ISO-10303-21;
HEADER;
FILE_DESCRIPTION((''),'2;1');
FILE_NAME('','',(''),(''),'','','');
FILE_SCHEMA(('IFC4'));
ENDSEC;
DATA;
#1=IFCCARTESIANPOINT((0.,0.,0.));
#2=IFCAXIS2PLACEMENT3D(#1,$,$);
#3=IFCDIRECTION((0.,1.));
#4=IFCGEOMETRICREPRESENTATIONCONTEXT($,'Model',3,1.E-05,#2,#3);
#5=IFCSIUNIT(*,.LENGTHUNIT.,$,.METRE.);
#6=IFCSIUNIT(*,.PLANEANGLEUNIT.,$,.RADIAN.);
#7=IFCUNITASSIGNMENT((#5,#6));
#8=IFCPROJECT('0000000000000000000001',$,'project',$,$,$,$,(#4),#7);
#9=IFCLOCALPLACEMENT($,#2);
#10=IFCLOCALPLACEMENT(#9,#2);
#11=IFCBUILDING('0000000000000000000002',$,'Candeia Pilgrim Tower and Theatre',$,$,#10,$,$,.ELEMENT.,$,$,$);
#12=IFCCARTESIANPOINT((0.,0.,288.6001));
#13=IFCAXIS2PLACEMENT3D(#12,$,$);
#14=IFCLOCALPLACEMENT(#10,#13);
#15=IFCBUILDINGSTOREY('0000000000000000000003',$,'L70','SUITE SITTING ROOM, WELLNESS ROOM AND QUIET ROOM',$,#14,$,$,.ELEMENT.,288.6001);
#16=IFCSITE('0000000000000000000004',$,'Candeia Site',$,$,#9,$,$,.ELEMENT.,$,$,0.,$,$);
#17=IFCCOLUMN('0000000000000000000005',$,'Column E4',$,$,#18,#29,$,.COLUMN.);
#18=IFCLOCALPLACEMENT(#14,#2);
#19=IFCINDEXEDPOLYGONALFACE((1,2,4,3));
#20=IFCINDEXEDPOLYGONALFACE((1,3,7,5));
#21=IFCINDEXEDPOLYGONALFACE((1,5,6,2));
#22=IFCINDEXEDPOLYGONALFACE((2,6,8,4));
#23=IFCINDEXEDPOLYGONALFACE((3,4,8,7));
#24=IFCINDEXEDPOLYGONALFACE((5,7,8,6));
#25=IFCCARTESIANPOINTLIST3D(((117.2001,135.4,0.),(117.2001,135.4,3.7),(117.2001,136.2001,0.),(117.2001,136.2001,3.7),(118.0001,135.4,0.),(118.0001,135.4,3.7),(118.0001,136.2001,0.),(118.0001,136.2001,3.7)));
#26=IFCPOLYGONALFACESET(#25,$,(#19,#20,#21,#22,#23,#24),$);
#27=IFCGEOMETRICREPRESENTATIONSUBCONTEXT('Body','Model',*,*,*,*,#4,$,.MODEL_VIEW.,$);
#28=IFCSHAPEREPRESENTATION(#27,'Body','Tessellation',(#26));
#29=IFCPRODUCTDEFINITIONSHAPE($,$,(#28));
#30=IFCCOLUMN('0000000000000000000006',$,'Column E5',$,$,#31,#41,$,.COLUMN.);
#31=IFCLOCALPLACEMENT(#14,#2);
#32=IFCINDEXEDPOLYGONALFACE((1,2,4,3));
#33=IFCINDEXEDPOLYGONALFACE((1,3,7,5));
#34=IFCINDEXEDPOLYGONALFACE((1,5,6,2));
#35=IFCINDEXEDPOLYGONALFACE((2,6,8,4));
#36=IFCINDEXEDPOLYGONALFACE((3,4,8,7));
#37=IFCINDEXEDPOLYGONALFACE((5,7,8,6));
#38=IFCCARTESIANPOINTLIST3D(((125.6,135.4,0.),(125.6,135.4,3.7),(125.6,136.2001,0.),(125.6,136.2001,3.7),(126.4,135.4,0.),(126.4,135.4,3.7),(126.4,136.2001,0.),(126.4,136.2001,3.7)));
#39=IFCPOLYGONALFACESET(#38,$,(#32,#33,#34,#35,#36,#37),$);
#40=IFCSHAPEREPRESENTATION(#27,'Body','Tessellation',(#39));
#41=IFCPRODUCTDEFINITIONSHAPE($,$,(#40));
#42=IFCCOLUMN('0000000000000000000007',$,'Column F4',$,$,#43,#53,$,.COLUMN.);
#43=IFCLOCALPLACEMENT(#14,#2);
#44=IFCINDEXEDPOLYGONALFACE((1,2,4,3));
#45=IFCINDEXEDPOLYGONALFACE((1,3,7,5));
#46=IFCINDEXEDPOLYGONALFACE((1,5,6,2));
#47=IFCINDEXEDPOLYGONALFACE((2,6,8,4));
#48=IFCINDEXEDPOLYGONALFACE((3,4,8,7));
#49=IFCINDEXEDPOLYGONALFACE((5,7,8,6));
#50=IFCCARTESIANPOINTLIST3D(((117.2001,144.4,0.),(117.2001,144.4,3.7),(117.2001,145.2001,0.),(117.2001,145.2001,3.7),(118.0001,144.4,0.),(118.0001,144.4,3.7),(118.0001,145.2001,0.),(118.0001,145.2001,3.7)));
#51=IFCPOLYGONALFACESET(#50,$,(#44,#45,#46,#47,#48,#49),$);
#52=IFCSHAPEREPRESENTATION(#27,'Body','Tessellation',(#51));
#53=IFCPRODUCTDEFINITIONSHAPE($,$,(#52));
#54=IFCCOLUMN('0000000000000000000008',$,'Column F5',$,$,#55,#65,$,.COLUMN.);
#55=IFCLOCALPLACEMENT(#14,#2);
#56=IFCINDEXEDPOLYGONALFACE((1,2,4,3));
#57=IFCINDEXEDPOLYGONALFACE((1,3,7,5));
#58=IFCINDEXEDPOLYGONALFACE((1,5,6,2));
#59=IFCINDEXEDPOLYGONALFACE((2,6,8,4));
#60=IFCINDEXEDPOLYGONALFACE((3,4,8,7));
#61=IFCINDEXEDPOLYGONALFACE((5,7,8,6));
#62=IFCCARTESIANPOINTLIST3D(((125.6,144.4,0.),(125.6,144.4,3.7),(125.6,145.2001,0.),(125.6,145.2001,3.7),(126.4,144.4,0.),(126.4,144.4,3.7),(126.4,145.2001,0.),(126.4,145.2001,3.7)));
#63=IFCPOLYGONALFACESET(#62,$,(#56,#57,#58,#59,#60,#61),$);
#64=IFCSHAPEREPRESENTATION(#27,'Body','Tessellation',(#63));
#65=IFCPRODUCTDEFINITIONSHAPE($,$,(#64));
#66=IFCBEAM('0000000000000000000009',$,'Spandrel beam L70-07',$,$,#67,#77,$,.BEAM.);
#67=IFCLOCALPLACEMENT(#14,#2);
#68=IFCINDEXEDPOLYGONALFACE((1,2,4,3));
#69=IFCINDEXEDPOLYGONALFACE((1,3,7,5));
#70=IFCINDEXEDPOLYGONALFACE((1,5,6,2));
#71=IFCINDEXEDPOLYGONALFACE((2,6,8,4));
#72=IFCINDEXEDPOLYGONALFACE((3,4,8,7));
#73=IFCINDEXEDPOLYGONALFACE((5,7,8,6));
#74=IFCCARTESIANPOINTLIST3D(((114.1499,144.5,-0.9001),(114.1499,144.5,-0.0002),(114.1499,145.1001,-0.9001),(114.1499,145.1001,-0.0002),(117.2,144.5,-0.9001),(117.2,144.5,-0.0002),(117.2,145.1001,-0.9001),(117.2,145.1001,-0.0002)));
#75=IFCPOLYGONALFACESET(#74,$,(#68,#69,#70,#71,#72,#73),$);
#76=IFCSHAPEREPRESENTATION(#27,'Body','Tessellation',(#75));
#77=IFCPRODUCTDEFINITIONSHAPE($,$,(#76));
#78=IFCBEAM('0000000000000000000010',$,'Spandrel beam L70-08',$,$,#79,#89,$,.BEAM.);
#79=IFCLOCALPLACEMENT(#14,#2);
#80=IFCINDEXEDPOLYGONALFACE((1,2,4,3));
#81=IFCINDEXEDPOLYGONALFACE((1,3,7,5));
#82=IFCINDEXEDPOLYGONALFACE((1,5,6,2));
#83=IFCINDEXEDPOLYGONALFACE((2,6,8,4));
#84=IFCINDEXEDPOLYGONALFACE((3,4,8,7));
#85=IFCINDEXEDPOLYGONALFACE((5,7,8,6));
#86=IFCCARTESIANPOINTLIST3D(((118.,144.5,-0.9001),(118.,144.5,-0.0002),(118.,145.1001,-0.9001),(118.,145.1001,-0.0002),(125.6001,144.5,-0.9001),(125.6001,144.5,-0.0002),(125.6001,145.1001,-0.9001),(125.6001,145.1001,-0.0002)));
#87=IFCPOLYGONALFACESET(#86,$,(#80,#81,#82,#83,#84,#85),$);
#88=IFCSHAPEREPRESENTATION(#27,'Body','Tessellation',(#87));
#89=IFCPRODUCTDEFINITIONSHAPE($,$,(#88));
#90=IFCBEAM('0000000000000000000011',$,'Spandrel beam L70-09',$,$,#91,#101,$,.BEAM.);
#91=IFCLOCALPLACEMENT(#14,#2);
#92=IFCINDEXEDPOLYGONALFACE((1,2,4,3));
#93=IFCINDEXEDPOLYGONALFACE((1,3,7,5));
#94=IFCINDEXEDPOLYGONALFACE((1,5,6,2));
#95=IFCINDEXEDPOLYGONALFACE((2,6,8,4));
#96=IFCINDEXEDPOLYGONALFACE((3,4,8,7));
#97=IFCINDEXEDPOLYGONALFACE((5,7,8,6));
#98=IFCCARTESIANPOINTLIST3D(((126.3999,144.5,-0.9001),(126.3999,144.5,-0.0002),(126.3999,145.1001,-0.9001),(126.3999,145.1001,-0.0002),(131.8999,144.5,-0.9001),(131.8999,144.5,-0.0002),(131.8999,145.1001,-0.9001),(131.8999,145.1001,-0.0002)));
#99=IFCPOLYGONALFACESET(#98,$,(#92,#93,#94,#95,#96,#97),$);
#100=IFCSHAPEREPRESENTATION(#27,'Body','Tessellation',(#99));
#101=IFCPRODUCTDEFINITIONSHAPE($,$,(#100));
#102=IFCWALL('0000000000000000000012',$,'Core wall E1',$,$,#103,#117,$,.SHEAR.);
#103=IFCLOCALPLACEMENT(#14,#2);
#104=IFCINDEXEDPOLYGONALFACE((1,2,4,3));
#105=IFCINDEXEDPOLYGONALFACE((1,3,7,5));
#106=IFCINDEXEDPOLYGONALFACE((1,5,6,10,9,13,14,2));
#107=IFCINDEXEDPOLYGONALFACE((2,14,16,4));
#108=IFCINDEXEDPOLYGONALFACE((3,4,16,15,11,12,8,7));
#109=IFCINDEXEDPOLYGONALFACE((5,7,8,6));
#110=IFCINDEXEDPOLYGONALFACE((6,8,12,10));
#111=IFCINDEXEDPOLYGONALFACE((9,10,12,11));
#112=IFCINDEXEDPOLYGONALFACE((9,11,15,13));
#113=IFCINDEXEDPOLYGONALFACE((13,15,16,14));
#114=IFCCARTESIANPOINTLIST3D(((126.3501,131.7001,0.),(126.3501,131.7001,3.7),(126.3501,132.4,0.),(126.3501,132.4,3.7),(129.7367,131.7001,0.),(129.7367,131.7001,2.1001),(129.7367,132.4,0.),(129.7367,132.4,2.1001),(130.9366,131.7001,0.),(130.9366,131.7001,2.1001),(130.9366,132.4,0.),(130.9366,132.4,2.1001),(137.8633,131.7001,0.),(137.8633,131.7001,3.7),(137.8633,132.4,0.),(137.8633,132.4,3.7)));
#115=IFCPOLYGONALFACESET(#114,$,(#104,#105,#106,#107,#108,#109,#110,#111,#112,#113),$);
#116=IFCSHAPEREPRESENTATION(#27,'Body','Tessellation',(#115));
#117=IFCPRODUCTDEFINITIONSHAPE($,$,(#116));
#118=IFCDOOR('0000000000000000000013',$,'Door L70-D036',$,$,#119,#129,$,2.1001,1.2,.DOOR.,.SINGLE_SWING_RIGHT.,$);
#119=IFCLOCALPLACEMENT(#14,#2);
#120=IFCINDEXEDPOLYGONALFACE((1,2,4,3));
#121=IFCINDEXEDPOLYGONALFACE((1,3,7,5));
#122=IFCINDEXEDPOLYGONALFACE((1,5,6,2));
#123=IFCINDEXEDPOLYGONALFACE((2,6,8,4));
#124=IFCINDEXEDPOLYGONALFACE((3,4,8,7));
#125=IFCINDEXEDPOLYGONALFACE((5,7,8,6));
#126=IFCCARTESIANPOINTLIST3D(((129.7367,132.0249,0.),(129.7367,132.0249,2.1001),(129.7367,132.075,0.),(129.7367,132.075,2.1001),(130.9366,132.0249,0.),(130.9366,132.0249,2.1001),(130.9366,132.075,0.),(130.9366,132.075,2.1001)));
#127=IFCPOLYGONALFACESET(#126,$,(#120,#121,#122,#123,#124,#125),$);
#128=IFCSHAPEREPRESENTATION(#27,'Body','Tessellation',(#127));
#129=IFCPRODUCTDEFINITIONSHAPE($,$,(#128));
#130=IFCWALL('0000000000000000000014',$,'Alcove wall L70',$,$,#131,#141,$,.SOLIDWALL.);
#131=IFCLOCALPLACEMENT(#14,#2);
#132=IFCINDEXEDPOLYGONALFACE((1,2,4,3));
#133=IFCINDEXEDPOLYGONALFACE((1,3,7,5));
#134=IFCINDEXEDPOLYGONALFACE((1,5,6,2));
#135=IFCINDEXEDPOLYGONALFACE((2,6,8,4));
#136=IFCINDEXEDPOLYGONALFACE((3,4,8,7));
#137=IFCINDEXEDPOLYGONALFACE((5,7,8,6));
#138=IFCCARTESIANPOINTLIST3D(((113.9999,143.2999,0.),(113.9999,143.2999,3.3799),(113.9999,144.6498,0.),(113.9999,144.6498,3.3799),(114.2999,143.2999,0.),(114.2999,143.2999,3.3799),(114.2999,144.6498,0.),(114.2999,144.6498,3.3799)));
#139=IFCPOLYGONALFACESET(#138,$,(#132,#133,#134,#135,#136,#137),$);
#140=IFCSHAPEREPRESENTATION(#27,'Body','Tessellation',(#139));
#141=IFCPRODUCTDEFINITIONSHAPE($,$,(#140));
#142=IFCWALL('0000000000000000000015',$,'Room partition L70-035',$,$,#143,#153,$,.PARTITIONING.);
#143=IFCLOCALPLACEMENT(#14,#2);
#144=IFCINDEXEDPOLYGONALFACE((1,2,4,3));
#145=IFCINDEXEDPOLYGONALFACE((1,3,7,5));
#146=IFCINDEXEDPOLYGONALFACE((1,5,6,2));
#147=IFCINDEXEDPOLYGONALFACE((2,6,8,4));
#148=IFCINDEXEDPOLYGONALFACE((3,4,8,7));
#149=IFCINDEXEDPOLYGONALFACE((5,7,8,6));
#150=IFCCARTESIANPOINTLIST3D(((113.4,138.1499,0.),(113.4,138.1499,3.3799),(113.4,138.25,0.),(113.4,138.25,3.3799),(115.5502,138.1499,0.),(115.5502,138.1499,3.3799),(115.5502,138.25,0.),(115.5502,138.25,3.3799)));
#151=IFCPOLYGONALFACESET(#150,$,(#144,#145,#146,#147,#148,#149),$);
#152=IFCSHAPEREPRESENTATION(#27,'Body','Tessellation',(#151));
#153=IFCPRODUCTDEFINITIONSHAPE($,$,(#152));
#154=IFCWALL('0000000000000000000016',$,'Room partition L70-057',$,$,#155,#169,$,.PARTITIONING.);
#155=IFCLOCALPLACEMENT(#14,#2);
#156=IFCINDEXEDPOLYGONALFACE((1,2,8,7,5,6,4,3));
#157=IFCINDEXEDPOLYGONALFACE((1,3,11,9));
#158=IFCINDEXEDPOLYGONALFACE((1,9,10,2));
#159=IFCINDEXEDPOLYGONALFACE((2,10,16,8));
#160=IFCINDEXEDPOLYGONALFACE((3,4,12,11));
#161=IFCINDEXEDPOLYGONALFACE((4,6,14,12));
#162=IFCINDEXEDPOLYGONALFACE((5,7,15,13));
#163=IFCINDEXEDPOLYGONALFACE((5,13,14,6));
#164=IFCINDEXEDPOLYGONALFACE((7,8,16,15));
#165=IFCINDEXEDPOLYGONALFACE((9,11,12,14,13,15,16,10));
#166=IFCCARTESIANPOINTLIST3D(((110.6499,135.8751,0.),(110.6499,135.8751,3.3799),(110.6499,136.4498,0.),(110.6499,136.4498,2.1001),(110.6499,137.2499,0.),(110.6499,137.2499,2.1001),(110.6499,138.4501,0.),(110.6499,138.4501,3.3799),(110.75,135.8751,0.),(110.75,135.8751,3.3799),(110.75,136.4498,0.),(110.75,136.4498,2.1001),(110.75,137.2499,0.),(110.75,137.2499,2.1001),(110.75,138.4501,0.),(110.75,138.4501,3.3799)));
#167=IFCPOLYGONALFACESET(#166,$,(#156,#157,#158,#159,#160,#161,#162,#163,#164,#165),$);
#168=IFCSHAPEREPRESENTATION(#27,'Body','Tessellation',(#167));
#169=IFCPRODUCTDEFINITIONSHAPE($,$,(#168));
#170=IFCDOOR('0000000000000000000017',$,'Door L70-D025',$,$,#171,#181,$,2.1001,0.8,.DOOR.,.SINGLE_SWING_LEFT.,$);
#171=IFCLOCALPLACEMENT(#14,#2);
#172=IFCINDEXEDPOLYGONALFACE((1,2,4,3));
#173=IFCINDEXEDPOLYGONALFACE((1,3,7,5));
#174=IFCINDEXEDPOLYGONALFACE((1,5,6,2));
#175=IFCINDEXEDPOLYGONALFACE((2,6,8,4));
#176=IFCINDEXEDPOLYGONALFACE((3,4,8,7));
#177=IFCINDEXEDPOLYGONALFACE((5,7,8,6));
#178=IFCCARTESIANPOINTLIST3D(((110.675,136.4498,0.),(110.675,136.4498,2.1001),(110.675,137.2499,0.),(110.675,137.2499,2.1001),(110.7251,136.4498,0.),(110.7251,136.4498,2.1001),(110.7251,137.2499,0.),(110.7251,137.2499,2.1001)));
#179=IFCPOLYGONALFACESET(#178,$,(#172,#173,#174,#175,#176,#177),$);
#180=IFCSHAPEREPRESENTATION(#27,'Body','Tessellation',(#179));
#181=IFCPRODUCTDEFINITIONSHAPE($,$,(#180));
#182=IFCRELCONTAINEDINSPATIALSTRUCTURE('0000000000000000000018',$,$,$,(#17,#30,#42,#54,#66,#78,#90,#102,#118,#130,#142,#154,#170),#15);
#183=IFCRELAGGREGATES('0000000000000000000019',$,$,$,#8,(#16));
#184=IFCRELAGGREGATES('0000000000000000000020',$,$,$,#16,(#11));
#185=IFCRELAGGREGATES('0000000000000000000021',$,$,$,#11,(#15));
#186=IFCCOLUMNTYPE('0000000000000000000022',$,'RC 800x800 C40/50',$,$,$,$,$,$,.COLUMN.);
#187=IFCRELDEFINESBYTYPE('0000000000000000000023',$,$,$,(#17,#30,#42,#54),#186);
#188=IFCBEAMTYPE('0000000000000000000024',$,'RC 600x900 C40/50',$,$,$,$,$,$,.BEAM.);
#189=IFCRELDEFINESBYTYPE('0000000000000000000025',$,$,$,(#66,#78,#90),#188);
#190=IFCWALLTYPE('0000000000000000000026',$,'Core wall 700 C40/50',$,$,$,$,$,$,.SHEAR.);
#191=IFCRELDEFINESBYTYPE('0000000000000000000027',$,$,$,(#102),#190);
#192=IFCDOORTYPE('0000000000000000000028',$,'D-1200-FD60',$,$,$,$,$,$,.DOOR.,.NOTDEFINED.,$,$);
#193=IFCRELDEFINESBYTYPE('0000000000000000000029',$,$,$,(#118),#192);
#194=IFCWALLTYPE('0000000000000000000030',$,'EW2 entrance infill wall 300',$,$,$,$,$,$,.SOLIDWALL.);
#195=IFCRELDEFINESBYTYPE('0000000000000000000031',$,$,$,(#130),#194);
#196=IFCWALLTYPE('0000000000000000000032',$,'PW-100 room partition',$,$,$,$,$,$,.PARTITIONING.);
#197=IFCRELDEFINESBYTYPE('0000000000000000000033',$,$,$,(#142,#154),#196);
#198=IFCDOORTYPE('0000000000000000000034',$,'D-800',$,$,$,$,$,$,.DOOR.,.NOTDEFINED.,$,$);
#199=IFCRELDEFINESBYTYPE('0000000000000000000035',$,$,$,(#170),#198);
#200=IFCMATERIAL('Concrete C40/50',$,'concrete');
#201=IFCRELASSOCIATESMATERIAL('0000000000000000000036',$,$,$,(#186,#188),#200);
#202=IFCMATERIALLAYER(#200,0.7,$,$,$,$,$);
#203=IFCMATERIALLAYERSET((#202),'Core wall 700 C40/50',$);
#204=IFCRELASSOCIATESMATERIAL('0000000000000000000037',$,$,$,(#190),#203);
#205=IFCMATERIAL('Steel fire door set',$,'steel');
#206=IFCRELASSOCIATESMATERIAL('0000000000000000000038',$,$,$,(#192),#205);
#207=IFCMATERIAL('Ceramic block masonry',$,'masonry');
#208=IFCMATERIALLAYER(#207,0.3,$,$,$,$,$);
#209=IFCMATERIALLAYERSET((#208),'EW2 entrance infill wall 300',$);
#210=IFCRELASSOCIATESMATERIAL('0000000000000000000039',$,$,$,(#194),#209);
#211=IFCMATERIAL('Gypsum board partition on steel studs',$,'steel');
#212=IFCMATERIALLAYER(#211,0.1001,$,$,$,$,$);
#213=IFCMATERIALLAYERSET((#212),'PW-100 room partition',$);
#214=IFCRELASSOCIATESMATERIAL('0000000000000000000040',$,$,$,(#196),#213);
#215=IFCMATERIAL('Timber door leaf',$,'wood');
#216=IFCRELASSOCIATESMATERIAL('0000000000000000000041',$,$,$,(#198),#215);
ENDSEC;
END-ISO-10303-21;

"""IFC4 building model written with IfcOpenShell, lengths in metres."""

from ifc_helpers import new_model, si_unit, direction, frame, frame_2d, origin, origin_2d, place, context, subcontext, project, spatial, rectangle, extrude, material, layer, layer_set, material_profile, profile_set, type_object, element, fill, save


model = new_model("IFC4")

# Units and contexts
model_context = context("Model", 3, precision=1e-05, world=origin(), true_north=direction((0.0, 1.0)))
body_context = subcontext(model_context, "Body", "Model", "MODEL_VIEW")
ifc_project = project(units=[si_unit("LENGTHUNIT", "METRE"), si_unit("PLANEANGLEUNIT", "RADIAN")], contexts=[model_context])

# Site, building, storey
site_placement = place(None, origin())
site = spatial("IfcSite", under=ifc_project, at=site_placement, Name="Candeia Site", CompositionType="ELEMENT", RefElevation=0.0)
building_placement = place(site_placement, origin())
building = spatial("IfcBuilding", under=site, at=building_placement, Name="Candeia Pilgrim Tower and Theatre", CompositionType="ELEMENT")
storey_placement = place(building_placement, frame((0.0, 0.0, 288.6001)))
storey = spatial("IfcBuildingStorey", under=building, at=storey_placement, Name="L70", Description="SUITE SITTING ROOM, WELLNESS ROOM AND QUIET ROOM", CompositionType="ELEMENT", Elevation=288.6001)

# Columns
ifc_material_1 = material(Name="Concrete C40/50", Category="concrete")
ifc_material_profile_1 = material_profile(ifc_material_1, rectangle(XDim=0.8, YDim=0.8, at=origin_2d()))
ifc_profile_set_1 = profile_set([ifc_material_profile_1], Name="Concrete C40/50")
column_type = type_object("IfcColumnType", Name="RC 800x800 C40/50", PredefinedType="COLUMN", material=ifc_profile_set_1)
for number, where, z_axis, x_axis, name in (
    (1, (117.6001, 135.8, 0.0), (0.0, 0.0, 1.0), (1.0, 0.0, 0.0), "Column E4"),
    (2, (126.0, 135.8, 0.0), (0.0, 0.0, 1.0), (1.0, 0.0, 0.0), "Column E5"),
    (3, (117.6001, 144.8, 0.0), (0.0, 0.0, 1.0), (1.0, 0.0, 0.0), "Column F4"),
    (4, (126.0, 144.8, 0.0), (0.0, 0.0, 1.0), (1.0, 0.0, 0.0), "Column F5"),
):
    element("IfcColumn", number, at=place(storey_placement, frame(where, z_axis=z_axis, x_axis=x_axis)), inside=storey, type_object=column_type, Name=name, PredefinedType="COLUMN", context=body_context, shape_type="SweptSolid", body=[
        extrude(rectangle(XDim=0.8, YDim=0.8, at=origin_2d()), origin(), (0.0, 0.0, 1.0), 3.7),
    ])

# Beams
ifc_material_profile_2 = material_profile(ifc_material_1, rectangle(XDim=0.6001, YDim=0.8999, at=origin_2d()))
ifc_profile_set_2 = profile_set([ifc_material_profile_2], Name="Concrete C40/50")
beam_type = type_object("IfcBeamType", Name="RC 600x900 C40/50", PredefinedType="BEAM", material=ifc_profile_set_2)
beam_1_placement = place(storey_placement, frame((114.1499, 144.8, -0.4502), z_axis=(1.0, 0.0, 0.0), x_axis=(0.0, 1.0, 0.0)))
element("IfcBeam", 5, at=beam_1_placement, inside=storey, type_object=beam_type, Name="Spandrel beam L70-07", PredefinedType="BEAM", context=body_context, shape_type="SweptSolid", body=[
    extrude(rectangle(XDim=0.6001, YDim=0.8999, at=origin_2d()), origin(), (0.0, 0.0, 1.0), 3.05),
])
beam_2_placement = place(storey_placement, frame((118.0, 144.8, -0.4502), z_axis=(1.0, 0.0, 0.0), x_axis=(0.0, 1.0, 0.0)))
element("IfcBeam", 6, at=beam_2_placement, inside=storey, type_object=beam_type, Name="Spandrel beam L70-08", PredefinedType="BEAM", context=body_context, shape_type="SweptSolid", body=[
    extrude(rectangle(XDim=0.6001, YDim=0.8999, at=origin_2d()), origin(), (0.0, 0.0, 1.0), 7.6001),
])
beam_3_placement = place(storey_placement, frame((126.3999, 144.8, -0.4502), z_axis=(1.0, 0.0, 0.0), x_axis=(0.0, 1.0, 0.0)))
element("IfcBeam", 7, at=beam_3_placement, inside=storey, type_object=beam_type, Name="Spandrel beam L70-09", PredefinedType="BEAM", context=body_context, shape_type="SweptSolid", body=[
    extrude(rectangle(XDim=0.6001, YDim=0.8999, at=origin_2d()), origin(), (0.0, 0.0, 1.0), 5.5),
])

# Wall, opening, door
ifc_layer_1 = layer(ifc_material_1, 0.7)
ifc_layer_set_1 = layer_set([ifc_layer_1], Name="Core wall 700 C40/50")
wall_type_1 = type_object("IfcWallType", Name="Core wall 700 C40/50", PredefinedType="SHEAR", material=ifc_layer_set_1)
wall_1_placement = place(storey_placement, frame((126.3501, 132.05, 0.0), z_axis=(0.0, 0.0, 1.0), x_axis=(1.0, 0.0, 0.0)))
wall_1 = element("IfcWall", 8, at=wall_1_placement, inside=storey, type_object=wall_type_1, Name="Core wall E1", PredefinedType="SHEAR", context=body_context, shape_type="SweptSolid", body=[
    extrude(rectangle(XDim=11.5132, YDim=0.7, at=frame_2d((5.7566, 0.0))), origin(), (0.0, 0.0, 1.0), 3.7),
])
opening_1_placement = place(wall_1_placement, frame((3.3865, 0.0, 0.0)))
opening_1 = element("IfcOpeningElement", 9, at=opening_1_placement, cuts=wall_1, PredefinedType="OPENING", context=body_context, shape_type="SweptSolid", body=[
    extrude(rectangle(XDim=1.2, YDim=2.1001, at=frame_2d((0.6001, 1.05))), frame((0.0, 0.3599, 0.0), z_axis=(0.0, -1.0, 0.0), x_axis=(1.0, 0.0, 0.0)), (0.0, 0.0, 1.0), 0.72),
])
ifc_material_2 = material(Name="Steel fire door set", Category="steel")
door_type_1 = type_object("IfcDoorType", Name="D-1200-FD60", OperationType="NOTDEFINED", PredefinedType="DOOR", material=ifc_material_2)
door_1_placement = place(opening_1_placement, origin())
door_1 = element("IfcDoor", 10, at=door_1_placement, inside=storey, type_object=door_type_1, Name="Door L70-D036", OperationType="SINGLE_SWING_RIGHT", OverallHeight=2.1001, OverallWidth=1.2, PredefinedType="DOOR", context=body_context, shape_type="SweptSolid", body=[
    extrude(rectangle(XDim=1.2, YDim=2.1001, at=frame_2d((0.6001, 1.05))), frame((0.0, 0.0249, 0.0), z_axis=(0.0, -1.0, 0.0), x_axis=(1.0, 0.0, 0.0)), (0.0, 0.0, 1.0), 0.05),
])
fill(opening_1, door_1)
ifc_material_3 = material(Name="Ceramic block masonry", Category="masonry")

# Wall
ifc_layer_2 = layer(ifc_material_3, 0.3)
ifc_layer_set_2 = layer_set([ifc_layer_2], Name="EW2 entrance infill wall 300")
wall_type_2 = type_object("IfcWallType", Name="EW2 entrance infill wall 300", PredefinedType="SOLIDWALL", material=ifc_layer_set_2)
wall_2_placement = place(storey_placement, frame((114.1499, 143.3, 0.0), z_axis=(0.0, 0.0, 1.0), x_axis=(0.0, 1.0, 0.0)))
element("IfcWall", 11, at=wall_2_placement, inside=storey, type_object=wall_type_2, Name="Alcove wall L70", PredefinedType="SOLIDWALL", context=body_context, shape_type="SweptSolid", body=[
    extrude(rectangle(XDim=1.3499, YDim=0.3, at=frame_2d((0.6748, 0.0))), origin(), (0.0, 0.0, 1.0), 3.3799),
])

# Wall
ifc_material_4 = material(Name="Gypsum board partition on steel studs", Category="steel")
ifc_layer_3 = layer(ifc_material_4, 0.1001)
ifc_layer_set_3 = layer_set([ifc_layer_3], Name="PW-100 room partition")
wall_type_3 = type_object("IfcWallType", Name="PW-100 room partition", PredefinedType="PARTITIONING", material=ifc_layer_set_3)
wall_3_placement = place(storey_placement, frame((113.3999, 138.2, 0.0), z_axis=(0.0, 0.0, 1.0), x_axis=(1.0, 0.0, 0.0)))
element("IfcWall", 12, at=wall_3_placement, inside=storey, type_object=wall_type_3, Name="Room partition L70-035", PredefinedType="PARTITIONING", context=body_context, shape_type="SweptSolid", body=[
    extrude(rectangle(XDim=2.1501, YDim=0.1001, at=frame_2d((1.0752, 0.0))), origin(), (0.0, 0.0, 1.0), 3.3799),
])

# Wall, opening, door
wall_4_placement = place(storey_placement, frame((110.7, 135.875, 0.0), z_axis=(0.0, 0.0, 1.0), x_axis=(0.0, 1.0, 0.0)))
wall_4 = element("IfcWall", 13, at=wall_4_placement, inside=storey, type_object=wall_type_3, Name="Room partition L70-057", PredefinedType="PARTITIONING", context=body_context, shape_type="SweptSolid", body=[
    extrude(rectangle(XDim=2.575, YDim=0.1001, at=frame_2d((1.2876, 0.0))), origin(), (0.0, 0.0, 1.0), 3.3799),
])
opening_2_placement = place(wall_4_placement, frame((0.575, 0.0, 0.0)))
opening_2 = element("IfcOpeningElement", 14, at=opening_2_placement, cuts=wall_4, PredefinedType="OPENING", context=body_context, shape_type="SweptSolid", body=[
    extrude(rectangle(XDim=0.8, YDim=2.1001, at=frame_2d((0.3999, 1.05))), frame((0.0, 0.0601, 0.0), z_axis=(0.0, -1.0, 0.0), x_axis=(1.0, 0.0, 0.0)), (0.0, 0.0, 1.0), 0.1201),
])
ifc_material_5 = material(Name="Timber door leaf", Category="wood")
door_type_2 = type_object("IfcDoorType", Name="D-800", OperationType="NOTDEFINED", PredefinedType="DOOR", material=ifc_material_5)
door_2_placement = place(opening_2_placement, origin())
door_2 = element("IfcDoor", 15, at=door_2_placement, inside=storey, type_object=door_type_2, Name="Door L70-D025", OperationType="SINGLE_SWING_LEFT", OverallHeight=2.1001, OverallWidth=0.8, PredefinedType="DOOR", context=body_context, shape_type="SweptSolid", body=[
    extrude(rectangle(XDim=0.8, YDim=2.1001, at=frame_2d((0.3999, 1.05))), frame((0.0, 0.0249, 0.0), z_axis=(0.0, -1.0, 0.0), x_axis=(1.0, 0.0, 0.0)), (0.0, 0.0, 1.0), 0.05),
])
fill(opening_2, door_2)

save(model, "model.ifc")
